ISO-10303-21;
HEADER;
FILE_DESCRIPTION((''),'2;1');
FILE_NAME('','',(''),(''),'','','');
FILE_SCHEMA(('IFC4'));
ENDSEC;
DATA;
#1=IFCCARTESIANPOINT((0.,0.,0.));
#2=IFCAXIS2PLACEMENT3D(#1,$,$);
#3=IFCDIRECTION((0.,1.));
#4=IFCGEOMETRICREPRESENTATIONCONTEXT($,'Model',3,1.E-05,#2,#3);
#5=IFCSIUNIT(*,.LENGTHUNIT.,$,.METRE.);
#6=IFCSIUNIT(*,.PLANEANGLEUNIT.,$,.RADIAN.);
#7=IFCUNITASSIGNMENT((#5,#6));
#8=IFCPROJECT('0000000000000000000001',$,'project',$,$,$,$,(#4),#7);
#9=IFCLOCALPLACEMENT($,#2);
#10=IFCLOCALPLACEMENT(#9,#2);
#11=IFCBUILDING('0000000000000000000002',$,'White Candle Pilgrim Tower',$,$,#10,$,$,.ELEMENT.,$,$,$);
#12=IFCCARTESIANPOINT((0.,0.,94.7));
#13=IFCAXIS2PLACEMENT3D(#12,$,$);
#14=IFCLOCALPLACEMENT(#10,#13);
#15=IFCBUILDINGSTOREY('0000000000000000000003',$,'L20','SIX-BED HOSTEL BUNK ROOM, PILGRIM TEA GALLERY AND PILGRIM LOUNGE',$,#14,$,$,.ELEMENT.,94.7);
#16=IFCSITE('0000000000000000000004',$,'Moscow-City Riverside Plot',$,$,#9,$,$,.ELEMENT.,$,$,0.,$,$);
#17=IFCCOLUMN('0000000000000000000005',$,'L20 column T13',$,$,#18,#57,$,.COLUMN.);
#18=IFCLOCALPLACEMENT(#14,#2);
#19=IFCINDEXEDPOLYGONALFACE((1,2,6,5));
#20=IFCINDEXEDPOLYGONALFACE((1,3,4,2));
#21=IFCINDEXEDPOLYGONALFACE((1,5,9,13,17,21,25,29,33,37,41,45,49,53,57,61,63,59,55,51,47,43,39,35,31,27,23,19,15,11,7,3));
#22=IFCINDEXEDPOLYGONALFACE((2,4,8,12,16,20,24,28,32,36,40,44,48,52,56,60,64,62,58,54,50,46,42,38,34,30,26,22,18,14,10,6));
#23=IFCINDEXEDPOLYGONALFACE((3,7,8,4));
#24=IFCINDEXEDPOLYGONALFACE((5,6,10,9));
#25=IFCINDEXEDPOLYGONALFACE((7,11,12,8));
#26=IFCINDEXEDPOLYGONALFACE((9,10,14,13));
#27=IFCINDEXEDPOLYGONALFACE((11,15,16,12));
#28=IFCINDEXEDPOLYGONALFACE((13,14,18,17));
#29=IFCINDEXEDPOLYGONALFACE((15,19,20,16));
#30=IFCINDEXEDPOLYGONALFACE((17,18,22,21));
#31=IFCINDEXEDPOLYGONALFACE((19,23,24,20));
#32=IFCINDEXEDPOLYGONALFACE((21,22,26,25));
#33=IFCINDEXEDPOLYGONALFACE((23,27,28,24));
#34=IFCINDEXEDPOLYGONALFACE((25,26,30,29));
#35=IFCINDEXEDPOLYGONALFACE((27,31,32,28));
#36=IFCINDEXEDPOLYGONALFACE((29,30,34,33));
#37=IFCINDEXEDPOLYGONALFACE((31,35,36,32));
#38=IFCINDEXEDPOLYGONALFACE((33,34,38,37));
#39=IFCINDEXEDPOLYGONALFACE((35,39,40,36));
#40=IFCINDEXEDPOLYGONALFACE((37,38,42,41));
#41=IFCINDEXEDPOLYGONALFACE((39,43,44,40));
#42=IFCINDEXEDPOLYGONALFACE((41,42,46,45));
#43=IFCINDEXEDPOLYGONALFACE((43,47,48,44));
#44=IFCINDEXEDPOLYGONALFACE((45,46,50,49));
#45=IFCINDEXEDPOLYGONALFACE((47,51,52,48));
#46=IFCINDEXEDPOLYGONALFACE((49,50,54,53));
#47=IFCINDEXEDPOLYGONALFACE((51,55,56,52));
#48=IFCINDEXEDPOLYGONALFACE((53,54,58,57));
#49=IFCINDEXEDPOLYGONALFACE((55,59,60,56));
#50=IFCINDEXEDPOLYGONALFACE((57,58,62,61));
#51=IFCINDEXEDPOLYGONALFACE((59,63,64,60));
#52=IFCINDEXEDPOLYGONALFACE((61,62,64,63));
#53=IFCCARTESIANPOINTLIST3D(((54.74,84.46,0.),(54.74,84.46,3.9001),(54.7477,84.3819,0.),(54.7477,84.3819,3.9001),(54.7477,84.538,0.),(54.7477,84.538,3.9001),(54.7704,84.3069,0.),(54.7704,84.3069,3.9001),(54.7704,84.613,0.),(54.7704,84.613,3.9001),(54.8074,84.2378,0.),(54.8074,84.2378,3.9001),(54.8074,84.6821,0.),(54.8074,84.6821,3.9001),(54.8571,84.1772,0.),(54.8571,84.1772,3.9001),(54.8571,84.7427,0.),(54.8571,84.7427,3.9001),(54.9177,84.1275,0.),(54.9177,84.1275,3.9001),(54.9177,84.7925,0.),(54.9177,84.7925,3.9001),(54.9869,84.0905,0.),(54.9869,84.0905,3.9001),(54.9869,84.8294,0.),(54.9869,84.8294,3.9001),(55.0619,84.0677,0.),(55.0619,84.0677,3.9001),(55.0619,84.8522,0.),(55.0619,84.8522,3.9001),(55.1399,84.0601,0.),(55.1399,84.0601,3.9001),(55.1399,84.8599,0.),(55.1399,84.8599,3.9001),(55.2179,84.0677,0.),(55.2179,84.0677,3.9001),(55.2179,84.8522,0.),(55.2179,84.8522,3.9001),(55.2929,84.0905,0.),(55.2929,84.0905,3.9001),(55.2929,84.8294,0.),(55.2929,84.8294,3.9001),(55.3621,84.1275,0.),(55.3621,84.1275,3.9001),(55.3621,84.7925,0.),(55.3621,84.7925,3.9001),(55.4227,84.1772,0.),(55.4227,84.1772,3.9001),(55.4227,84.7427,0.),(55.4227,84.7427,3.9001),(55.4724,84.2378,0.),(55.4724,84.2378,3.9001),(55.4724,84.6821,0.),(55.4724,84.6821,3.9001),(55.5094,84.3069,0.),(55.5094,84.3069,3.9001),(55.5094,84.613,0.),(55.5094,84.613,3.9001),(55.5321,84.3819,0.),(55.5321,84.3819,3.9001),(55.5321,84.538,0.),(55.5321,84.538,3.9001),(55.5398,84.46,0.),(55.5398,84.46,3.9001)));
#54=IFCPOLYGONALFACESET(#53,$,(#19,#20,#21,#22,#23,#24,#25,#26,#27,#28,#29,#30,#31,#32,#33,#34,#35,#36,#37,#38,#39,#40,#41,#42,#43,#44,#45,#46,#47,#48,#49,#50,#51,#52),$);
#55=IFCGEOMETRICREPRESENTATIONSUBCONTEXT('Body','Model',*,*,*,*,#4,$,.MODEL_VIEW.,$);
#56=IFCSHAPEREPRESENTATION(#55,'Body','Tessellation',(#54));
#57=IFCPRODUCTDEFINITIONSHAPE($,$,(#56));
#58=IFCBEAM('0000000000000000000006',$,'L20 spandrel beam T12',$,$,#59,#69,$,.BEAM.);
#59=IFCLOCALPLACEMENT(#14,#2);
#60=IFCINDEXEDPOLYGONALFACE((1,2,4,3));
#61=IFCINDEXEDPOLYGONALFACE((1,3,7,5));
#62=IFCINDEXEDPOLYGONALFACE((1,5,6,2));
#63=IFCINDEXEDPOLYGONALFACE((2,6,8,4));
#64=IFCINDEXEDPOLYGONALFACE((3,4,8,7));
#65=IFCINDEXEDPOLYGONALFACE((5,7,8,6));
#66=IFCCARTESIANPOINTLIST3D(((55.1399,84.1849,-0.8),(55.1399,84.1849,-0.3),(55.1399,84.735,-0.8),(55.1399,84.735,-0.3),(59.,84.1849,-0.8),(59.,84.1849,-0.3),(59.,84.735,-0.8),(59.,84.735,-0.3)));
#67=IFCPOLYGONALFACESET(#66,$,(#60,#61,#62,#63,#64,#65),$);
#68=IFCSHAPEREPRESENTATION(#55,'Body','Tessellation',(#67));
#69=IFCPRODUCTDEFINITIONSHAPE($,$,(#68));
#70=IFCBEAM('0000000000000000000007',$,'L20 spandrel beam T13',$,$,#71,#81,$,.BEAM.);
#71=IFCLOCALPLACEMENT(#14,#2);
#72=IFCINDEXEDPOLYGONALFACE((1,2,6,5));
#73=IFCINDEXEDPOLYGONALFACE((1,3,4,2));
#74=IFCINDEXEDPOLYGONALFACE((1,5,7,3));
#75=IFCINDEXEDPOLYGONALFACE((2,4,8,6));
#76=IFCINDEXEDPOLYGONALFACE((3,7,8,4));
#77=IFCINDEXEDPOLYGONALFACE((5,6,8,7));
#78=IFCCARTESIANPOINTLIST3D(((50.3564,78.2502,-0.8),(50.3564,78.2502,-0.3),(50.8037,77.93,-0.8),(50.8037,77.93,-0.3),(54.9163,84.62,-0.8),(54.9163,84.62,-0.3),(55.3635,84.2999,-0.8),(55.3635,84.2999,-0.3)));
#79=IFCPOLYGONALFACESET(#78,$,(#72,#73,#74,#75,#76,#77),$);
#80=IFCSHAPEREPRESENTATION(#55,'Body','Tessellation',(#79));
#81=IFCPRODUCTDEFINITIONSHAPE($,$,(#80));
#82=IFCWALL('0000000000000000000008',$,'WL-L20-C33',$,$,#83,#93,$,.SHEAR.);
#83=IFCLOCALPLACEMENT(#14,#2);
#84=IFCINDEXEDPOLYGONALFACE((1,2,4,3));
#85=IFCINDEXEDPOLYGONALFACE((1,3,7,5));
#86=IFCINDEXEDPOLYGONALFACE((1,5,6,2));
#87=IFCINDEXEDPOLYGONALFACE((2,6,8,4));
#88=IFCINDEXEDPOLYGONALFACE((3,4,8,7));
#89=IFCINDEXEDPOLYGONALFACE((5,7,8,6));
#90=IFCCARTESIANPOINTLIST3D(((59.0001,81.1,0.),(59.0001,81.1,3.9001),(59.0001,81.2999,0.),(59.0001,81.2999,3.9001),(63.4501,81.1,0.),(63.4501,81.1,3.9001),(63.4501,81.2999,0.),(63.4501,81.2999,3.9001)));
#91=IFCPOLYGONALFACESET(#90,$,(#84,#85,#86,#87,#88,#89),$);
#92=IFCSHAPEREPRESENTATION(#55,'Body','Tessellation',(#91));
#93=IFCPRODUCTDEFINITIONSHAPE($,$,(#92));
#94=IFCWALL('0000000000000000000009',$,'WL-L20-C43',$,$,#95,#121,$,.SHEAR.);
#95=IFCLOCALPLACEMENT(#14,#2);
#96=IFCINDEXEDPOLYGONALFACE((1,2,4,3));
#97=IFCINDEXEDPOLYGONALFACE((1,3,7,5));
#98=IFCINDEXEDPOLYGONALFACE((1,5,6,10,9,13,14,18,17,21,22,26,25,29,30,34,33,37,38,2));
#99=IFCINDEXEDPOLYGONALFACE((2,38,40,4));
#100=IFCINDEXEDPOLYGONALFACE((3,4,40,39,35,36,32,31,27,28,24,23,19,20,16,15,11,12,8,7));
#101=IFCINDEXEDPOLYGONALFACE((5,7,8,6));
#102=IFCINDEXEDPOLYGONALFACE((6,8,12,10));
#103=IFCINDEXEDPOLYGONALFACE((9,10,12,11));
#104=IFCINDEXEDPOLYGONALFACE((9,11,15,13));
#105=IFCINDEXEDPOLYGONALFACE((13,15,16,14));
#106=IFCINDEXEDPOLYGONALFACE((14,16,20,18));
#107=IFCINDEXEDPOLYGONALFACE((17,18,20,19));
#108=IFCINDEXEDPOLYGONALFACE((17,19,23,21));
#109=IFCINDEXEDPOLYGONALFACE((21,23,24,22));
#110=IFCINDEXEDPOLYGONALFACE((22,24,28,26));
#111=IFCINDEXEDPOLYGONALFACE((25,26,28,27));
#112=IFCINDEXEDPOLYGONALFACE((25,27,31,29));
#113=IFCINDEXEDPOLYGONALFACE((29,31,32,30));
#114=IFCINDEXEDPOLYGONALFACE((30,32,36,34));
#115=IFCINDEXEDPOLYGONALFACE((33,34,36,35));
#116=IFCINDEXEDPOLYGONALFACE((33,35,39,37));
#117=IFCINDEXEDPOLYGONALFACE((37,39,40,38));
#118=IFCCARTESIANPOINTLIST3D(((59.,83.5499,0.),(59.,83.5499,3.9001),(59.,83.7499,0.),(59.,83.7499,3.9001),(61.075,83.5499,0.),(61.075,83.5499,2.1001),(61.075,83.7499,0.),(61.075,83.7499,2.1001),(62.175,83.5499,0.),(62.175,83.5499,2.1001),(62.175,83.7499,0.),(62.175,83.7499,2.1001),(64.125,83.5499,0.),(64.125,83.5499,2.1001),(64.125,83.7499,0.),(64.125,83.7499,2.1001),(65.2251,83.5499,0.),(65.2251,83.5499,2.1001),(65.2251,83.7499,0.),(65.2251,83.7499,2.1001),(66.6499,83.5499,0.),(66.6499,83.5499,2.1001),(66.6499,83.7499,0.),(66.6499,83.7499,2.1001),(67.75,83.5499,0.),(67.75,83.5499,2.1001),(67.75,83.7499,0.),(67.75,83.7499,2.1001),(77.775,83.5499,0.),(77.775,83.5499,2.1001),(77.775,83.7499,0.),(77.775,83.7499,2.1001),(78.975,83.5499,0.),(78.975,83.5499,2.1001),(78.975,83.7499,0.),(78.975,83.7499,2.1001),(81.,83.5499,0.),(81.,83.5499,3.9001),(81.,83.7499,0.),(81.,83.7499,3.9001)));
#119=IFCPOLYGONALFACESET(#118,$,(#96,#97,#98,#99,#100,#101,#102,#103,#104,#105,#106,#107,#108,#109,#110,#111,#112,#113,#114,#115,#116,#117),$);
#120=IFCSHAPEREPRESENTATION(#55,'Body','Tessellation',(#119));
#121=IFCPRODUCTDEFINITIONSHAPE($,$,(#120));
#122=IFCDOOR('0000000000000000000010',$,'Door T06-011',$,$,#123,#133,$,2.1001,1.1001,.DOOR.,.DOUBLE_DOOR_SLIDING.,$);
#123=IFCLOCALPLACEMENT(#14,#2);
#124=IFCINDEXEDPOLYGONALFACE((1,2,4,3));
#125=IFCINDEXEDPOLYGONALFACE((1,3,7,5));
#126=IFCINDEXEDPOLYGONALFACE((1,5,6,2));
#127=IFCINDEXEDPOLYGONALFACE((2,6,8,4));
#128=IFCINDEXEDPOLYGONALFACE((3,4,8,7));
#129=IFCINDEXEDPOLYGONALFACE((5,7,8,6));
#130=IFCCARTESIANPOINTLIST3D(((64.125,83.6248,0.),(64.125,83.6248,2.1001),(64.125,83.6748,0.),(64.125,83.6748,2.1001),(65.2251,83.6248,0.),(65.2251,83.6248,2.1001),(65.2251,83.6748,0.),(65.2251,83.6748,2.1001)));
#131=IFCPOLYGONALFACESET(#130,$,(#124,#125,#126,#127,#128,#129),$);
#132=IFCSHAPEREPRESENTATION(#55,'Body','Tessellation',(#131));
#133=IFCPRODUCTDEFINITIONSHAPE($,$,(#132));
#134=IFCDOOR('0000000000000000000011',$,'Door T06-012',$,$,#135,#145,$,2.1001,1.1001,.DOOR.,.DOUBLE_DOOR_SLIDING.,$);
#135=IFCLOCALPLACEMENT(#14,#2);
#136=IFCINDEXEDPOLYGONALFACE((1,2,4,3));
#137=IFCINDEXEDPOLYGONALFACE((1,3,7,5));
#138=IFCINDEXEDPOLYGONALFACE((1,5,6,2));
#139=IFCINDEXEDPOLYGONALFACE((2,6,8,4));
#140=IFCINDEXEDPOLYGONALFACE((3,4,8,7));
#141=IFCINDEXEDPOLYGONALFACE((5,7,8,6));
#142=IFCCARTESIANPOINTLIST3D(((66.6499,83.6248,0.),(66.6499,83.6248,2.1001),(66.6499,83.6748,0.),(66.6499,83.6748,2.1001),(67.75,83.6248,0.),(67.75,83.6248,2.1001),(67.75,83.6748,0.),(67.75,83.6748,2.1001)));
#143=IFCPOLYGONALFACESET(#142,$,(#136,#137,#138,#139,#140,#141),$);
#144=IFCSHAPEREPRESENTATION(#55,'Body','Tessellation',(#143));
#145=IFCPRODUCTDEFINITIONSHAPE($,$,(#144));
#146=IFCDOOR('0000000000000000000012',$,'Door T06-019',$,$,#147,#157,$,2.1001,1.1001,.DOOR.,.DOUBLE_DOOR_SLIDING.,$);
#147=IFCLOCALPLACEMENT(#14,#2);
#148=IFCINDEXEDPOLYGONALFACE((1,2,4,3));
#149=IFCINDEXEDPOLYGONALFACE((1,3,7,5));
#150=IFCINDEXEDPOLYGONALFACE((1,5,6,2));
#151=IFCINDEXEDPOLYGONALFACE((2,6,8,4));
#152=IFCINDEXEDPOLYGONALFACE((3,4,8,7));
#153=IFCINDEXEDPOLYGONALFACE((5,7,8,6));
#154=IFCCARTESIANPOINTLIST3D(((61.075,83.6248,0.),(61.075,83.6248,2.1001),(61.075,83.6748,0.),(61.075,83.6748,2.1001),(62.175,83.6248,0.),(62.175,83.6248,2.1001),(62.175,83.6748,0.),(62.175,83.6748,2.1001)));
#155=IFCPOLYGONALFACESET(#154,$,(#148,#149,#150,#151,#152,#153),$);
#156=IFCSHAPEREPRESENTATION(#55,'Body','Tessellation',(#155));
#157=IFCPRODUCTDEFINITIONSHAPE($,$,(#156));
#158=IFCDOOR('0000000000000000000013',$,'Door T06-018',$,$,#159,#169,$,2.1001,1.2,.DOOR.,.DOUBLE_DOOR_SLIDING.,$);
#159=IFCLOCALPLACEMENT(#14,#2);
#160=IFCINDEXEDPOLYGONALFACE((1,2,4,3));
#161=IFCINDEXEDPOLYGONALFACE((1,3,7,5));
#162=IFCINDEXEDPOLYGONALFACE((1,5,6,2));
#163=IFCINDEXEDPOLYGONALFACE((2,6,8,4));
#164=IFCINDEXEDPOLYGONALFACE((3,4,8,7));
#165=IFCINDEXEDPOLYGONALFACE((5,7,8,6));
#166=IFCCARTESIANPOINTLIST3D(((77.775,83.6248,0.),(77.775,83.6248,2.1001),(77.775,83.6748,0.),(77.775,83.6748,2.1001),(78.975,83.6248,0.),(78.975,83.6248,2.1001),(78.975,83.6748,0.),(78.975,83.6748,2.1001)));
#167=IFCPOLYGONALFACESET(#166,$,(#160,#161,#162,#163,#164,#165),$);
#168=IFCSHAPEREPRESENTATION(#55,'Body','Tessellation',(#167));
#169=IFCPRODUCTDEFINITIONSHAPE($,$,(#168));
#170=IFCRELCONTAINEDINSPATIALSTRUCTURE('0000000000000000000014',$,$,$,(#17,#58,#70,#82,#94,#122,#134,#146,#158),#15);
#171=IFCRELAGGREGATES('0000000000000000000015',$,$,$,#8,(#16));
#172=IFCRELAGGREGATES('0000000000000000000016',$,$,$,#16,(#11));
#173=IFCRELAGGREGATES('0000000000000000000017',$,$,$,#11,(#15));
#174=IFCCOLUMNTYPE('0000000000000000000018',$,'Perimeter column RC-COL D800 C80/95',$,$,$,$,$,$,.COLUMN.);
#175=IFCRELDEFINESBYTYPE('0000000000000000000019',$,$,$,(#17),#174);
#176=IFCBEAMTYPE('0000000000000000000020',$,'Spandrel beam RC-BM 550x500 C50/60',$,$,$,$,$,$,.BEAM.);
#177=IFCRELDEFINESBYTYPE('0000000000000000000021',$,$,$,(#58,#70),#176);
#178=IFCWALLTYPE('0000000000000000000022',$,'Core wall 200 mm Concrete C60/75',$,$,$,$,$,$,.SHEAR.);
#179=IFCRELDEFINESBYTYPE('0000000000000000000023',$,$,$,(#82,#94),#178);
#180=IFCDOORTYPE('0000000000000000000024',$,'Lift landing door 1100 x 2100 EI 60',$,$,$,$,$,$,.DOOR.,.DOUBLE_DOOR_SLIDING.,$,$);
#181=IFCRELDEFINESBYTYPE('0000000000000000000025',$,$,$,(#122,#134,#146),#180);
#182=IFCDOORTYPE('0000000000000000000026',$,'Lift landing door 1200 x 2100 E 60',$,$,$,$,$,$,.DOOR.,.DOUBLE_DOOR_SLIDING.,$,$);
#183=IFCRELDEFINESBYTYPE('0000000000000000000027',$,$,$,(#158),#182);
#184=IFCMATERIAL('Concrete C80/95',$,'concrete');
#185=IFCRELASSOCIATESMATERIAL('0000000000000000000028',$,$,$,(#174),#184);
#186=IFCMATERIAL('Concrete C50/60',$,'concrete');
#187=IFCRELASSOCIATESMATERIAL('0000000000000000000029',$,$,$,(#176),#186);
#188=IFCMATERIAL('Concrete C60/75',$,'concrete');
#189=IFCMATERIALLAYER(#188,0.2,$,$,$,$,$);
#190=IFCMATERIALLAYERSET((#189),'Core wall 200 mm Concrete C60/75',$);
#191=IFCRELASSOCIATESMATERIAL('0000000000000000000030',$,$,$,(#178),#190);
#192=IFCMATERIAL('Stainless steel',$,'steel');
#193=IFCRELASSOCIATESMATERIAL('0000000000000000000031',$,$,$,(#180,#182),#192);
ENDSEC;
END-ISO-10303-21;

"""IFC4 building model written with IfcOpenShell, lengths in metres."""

from ifc_helpers import new_model, si_unit, direction, frame, frame_2d, origin, origin_2d, place, context, subcontext, project, spatial, rectangle, circle, extrude, material, layer, layer_set, material_profile, profile_set, type_object, element, fill, save


model = new_model("IFC4")

# Units and contexts
model_context = context("Model", 3, precision=1e-05, world=origin(), true_north=direction((0.0, 1.0)))
body_context = subcontext(model_context, "Body", "Model", "MODEL_VIEW")
ifc_project = project(units=[si_unit("LENGTHUNIT", "METRE"), si_unit("PLANEANGLEUNIT", "RADIAN")], contexts=[model_context])

# Site, building, storey
site_placement = place(None, origin())
site = spatial("IfcSite", under=ifc_project, at=site_placement, Name="Moscow-City Riverside Plot", CompositionType="ELEMENT", RefElevation=0.0)
building_placement = place(site_placement, origin())
building = spatial("IfcBuilding", under=site, at=building_placement, Name="White Candle Pilgrim Tower", CompositionType="ELEMENT")
storey_placement = place(building_placement, frame((0.0, 0.0, 94.7)))
storey = spatial("IfcBuildingStorey", under=building, at=storey_placement, Name="L20", Description="SIX-BED HOSTEL BUNK ROOM, PILGRIM TEA GALLERY AND PILGRIM LOUNGE", CompositionType="ELEMENT", Elevation=94.7)

# Column
ifc_material_1 = material(Name="Concrete C80/95", Category="concrete")
ifc_material_profile_1 = material_profile(ifc_material_1, circle(Radius=0.3999, at=origin_2d()), Name="RC-COL D800")
ifc_profile_set_1 = profile_set([ifc_material_profile_1], Name="Concrete C80/95")
column_type = type_object("IfcColumnType", Name="Perimeter column RC-COL D800 C80/95", PredefinedType="COLUMN", material=ifc_profile_set_1)
column_placement = place(storey_placement, frame((55.1399, 84.46, 0.0), z_axis=(0.0, 0.0, 1.0), x_axis=(1.0, 0.0, 0.0)))
element("IfcColumn", 1, at=column_placement, inside=storey, type_object=column_type, Name="L20 column T13", PredefinedType="COLUMN", context=body_context, shape_type="SweptSolid", body=[
    extrude(circle(Radius=0.3999, at=origin_2d()), origin(), (0.0, 0.0, 1.0), 3.9001),
])

# Beams
ifc_material_2 = material(Name="Concrete C50/60", Category="concrete")
ifc_material_profile_2 = material_profile(ifc_material_2, rectangle(XDim=0.55, YDim=0.5, at=origin_2d()), Name="RC-BM 550x500")
ifc_profile_set_2 = profile_set([ifc_material_profile_2], Name="Concrete C50/60")
beam_type = type_object("IfcBeamType", Name="Spandrel beam RC-BM 550x500 C50/60", PredefinedType="BEAM", material=ifc_profile_set_2)
beam_1_placement = place(storey_placement, frame((55.1399, 84.46, -0.55), z_axis=(1.0, 0.0, 0.0), x_axis=(0.0, 1.0, 0.0)))
element("IfcBeam", 2, at=beam_1_placement, inside=storey, type_object=beam_type, Name="L20 spandrel beam T12", PredefinedType="BEAM", context=body_context, shape_type="SweptSolid", body=[
    extrude(rectangle(XDim=0.55, YDim=0.5, at=origin_2d()), origin(), (0.0, 0.0, 1.0), 3.8601),
])
beam_2_placement = place(storey_placement, frame((55.1399, 84.46, -0.55), z_axis=(-0.582075, -0.813135, 0.0), x_axis=(0.813135, -0.582075, 0.0)))
element("IfcBeam", 3, at=beam_2_placement, inside=storey, type_object=beam_type, Name="L20 spandrel beam T13", PredefinedType="BEAM", context=body_context, shape_type="SweptSolid", body=[
    extrude(rectangle(XDim=0.55, YDim=0.5, at=origin_2d()), origin(), (0.0, 0.0, 1.0), 7.8337),
])

# Wall
ifc_material_3 = material(Name="Concrete C60/75", Category="concrete")
ifc_layer_1 = layer(ifc_material_3, 0.2)
ifc_layer_set_1 = layer_set([ifc_layer_1], Name="Core wall 200 mm Concrete C60/75")
wall_type_1 = type_object("IfcWallType", Name="Core wall 200 mm Concrete C60/75", PredefinedType="SHEAR", material=ifc_layer_set_1)
wall_1_placement = place(storey_placement, frame((59.0, 81.2, 0.0), z_axis=(0.0, 0.0, 1.0), x_axis=(1.0, 0.0, 0.0)))
element("IfcWall", 4, at=wall_1_placement, inside=storey, type_object=wall_type_1, Name="WL-L20-C33", PredefinedType="SHEAR", context=body_context, shape_type="SweptSolid", body=[
    extrude(rectangle(XDim=4.45, YDim=0.2, at=frame_2d((2.2251, 0.0))), origin(), (0.0, 0.0, 1.0), 3.9001),
])

# Wall, openings, doors
wall_2_placement = place(storey_placement, frame((59.0, 83.6499, 0.0), z_axis=(0.0, 0.0, 1.0), x_axis=(1.0, 0.0, 0.0)))
wall_2 = element("IfcWall", 5, at=wall_2_placement, inside=storey, type_object=wall_type_1, Name="WL-L20-C43", PredefinedType="SHEAR", context=body_context, shape_type="SweptSolid", body=[
    extrude(rectangle(XDim=22.0, YDim=0.2, at=frame_2d((11.0, 0.0))), origin(), (0.0, 0.0, 1.0), 3.9001),
])
opening_1_placement = place(wall_2_placement, frame((5.125, 0.0, 0.0)))
opening_1 = element("IfcOpeningElement", 6, at=opening_1_placement, cuts=wall_2, PredefinedType="OPENING", context=body_context, shape_type="SweptSolid", body=[
    extrude(rectangle(XDim=1.1001, YDim=2.1001, at=frame_2d((0.55, 1.05))), frame((0.0, 0.1099, 0.0), z_axis=(0.0, -1.0, 0.0), x_axis=(1.0, 0.0, 0.0)), (0.0, 0.0, 1.0), 0.22),
])
opening_2_placement = place(wall_2_placement, frame((7.6499, 0.0, 0.0)))
opening_2 = element("IfcOpeningElement", 7, at=opening_2_placement, cuts=wall_2, PredefinedType="OPENING", context=body_context, shape_type="SweptSolid", body=[
    extrude(rectangle(XDim=1.1001, YDim=2.1001, at=frame_2d((0.55, 1.05))), frame((0.0, 0.1099, 0.0), z_axis=(0.0, -1.0, 0.0), x_axis=(1.0, 0.0, 0.0)), (0.0, 0.0, 1.0), 0.22),
])
opening_3_placement = place(wall_2_placement, frame((18.7749, 0.0, 0.0)))
opening_3 = element("IfcOpeningElement", 8, at=opening_3_placement, cuts=wall_2, PredefinedType="OPENING", context=body_context, shape_type="SweptSolid", body=[
    extrude(rectangle(XDim=1.2, YDim=2.1001, at=frame_2d((0.6001, 1.05))), frame((0.0, 0.1099, 0.0), z_axis=(0.0, -1.0, 0.0), x_axis=(1.0, 0.0, 0.0)), (0.0, 0.0, 1.0), 0.22),
])
opening_4_placement = place(wall_2_placement, frame((2.075, 0.0, 0.0)))
opening_4 = element("IfcOpeningElement", 9, at=opening_4_placement, cuts=wall_2, PredefinedType="OPENING", context=body_context, shape_type="SweptSolid", body=[
    extrude(rectangle(XDim=1.1001, YDim=2.1001, at=frame_2d((0.55, 1.05))), frame((0.0, 0.1099, 0.0), z_axis=(0.0, -1.0, 0.0), x_axis=(1.0, 0.0, 0.0)), (0.0, 0.0, 1.0), 0.22),
])
ifc_material_4 = material(Name="Stainless steel", Category="steel")
door_type_1 = type_object("IfcDoorType", Name="Lift landing door 1100 x 2100 EI 60", OperationType="DOUBLE_DOOR_SLIDING", PredefinedType="DOOR", material=ifc_material_4)
door_1_placement = place(opening_1_placement, origin())
door_1 = element("IfcDoor", 10, at=door_1_placement, inside=storey, type_object=door_type_1, Name="Door T06-011", OperationType="DOUBLE_DOOR_SLIDING", OverallHeight=2.1001, OverallWidth=1.1001, PredefinedType="DOOR", context=body_context, shape_type="SweptSolid", body=[
    extrude(rectangle(XDim=1.1001, YDim=2.1001, at=frame_2d((0.55, 1.05))), frame((0.0, 0.0249, 0.0), z_axis=(0.0, -1.0, 0.0), x_axis=(1.0, 0.0, 0.0)), (0.0, 0.0, 1.0), 0.05),
])
fill(opening_1, door_1)
door_2_placement = place(opening_2_placement, origin())
door_2 = element("IfcDoor", 11, at=door_2_placement, inside=storey, type_object=door_type_1, Name="Door T06-012", OperationType="DOUBLE_DOOR_SLIDING", OverallHeight=2.1001, OverallWidth=1.1001, PredefinedType="DOOR", context=body_context, shape_type="SweptSolid", body=[
    extrude(rectangle(XDim=1.1001, YDim=2.1001, at=frame_2d((0.55, 1.05))), frame((0.0, 0.0249, 0.0), z_axis=(0.0, -1.0, 0.0), x_axis=(1.0, 0.0, 0.0)), (0.0, 0.0, 1.0), 0.05),
])
fill(opening_2, door_2)
door_3_placement = place(opening_4_placement, origin())
door_3 = element("IfcDoor", 12, at=door_3_placement, inside=storey, type_object=door_type_1, Name="Door T06-019", OperationType="DOUBLE_DOOR_SLIDING", OverallHeight=2.1001, OverallWidth=1.1001, PredefinedType="DOOR", context=body_context, shape_type="SweptSolid", body=[
    extrude(rectangle(XDim=1.1001, YDim=2.1001, at=frame_2d((0.55, 1.05))), frame((0.0, 0.0249, 0.0), z_axis=(0.0, -1.0, 0.0), x_axis=(1.0, 0.0, 0.0)), (0.0, 0.0, 1.0), 0.05),
])
fill(opening_4, door_3)
door_type_2 = type_object("IfcDoorType", Name="Lift landing door 1200 x 2100 E 60", OperationType="DOUBLE_DOOR_SLIDING", PredefinedType="DOOR", material=ifc_material_4)
door_4_placement = place(opening_3_placement, origin())
door_4 = element("IfcDoor", 13, at=door_4_placement, inside=storey, type_object=door_type_2, Name="Door T06-018", OperationType="DOUBLE_DOOR_SLIDING", OverallHeight=2.1001, OverallWidth=1.2, PredefinedType="DOOR", context=body_context, shape_type="SweptSolid", body=[
    extrude(rectangle(XDim=1.2, YDim=2.1001, at=frame_2d((0.6001, 1.05))), frame((0.0, 0.0249, 0.0), z_axis=(0.0, -1.0, 0.0), x_axis=(1.0, 0.0, 0.0)), (0.0, 0.0, 1.0), 0.05),
])
fill(opening_3, door_4)

save(model, "model.ifc")
